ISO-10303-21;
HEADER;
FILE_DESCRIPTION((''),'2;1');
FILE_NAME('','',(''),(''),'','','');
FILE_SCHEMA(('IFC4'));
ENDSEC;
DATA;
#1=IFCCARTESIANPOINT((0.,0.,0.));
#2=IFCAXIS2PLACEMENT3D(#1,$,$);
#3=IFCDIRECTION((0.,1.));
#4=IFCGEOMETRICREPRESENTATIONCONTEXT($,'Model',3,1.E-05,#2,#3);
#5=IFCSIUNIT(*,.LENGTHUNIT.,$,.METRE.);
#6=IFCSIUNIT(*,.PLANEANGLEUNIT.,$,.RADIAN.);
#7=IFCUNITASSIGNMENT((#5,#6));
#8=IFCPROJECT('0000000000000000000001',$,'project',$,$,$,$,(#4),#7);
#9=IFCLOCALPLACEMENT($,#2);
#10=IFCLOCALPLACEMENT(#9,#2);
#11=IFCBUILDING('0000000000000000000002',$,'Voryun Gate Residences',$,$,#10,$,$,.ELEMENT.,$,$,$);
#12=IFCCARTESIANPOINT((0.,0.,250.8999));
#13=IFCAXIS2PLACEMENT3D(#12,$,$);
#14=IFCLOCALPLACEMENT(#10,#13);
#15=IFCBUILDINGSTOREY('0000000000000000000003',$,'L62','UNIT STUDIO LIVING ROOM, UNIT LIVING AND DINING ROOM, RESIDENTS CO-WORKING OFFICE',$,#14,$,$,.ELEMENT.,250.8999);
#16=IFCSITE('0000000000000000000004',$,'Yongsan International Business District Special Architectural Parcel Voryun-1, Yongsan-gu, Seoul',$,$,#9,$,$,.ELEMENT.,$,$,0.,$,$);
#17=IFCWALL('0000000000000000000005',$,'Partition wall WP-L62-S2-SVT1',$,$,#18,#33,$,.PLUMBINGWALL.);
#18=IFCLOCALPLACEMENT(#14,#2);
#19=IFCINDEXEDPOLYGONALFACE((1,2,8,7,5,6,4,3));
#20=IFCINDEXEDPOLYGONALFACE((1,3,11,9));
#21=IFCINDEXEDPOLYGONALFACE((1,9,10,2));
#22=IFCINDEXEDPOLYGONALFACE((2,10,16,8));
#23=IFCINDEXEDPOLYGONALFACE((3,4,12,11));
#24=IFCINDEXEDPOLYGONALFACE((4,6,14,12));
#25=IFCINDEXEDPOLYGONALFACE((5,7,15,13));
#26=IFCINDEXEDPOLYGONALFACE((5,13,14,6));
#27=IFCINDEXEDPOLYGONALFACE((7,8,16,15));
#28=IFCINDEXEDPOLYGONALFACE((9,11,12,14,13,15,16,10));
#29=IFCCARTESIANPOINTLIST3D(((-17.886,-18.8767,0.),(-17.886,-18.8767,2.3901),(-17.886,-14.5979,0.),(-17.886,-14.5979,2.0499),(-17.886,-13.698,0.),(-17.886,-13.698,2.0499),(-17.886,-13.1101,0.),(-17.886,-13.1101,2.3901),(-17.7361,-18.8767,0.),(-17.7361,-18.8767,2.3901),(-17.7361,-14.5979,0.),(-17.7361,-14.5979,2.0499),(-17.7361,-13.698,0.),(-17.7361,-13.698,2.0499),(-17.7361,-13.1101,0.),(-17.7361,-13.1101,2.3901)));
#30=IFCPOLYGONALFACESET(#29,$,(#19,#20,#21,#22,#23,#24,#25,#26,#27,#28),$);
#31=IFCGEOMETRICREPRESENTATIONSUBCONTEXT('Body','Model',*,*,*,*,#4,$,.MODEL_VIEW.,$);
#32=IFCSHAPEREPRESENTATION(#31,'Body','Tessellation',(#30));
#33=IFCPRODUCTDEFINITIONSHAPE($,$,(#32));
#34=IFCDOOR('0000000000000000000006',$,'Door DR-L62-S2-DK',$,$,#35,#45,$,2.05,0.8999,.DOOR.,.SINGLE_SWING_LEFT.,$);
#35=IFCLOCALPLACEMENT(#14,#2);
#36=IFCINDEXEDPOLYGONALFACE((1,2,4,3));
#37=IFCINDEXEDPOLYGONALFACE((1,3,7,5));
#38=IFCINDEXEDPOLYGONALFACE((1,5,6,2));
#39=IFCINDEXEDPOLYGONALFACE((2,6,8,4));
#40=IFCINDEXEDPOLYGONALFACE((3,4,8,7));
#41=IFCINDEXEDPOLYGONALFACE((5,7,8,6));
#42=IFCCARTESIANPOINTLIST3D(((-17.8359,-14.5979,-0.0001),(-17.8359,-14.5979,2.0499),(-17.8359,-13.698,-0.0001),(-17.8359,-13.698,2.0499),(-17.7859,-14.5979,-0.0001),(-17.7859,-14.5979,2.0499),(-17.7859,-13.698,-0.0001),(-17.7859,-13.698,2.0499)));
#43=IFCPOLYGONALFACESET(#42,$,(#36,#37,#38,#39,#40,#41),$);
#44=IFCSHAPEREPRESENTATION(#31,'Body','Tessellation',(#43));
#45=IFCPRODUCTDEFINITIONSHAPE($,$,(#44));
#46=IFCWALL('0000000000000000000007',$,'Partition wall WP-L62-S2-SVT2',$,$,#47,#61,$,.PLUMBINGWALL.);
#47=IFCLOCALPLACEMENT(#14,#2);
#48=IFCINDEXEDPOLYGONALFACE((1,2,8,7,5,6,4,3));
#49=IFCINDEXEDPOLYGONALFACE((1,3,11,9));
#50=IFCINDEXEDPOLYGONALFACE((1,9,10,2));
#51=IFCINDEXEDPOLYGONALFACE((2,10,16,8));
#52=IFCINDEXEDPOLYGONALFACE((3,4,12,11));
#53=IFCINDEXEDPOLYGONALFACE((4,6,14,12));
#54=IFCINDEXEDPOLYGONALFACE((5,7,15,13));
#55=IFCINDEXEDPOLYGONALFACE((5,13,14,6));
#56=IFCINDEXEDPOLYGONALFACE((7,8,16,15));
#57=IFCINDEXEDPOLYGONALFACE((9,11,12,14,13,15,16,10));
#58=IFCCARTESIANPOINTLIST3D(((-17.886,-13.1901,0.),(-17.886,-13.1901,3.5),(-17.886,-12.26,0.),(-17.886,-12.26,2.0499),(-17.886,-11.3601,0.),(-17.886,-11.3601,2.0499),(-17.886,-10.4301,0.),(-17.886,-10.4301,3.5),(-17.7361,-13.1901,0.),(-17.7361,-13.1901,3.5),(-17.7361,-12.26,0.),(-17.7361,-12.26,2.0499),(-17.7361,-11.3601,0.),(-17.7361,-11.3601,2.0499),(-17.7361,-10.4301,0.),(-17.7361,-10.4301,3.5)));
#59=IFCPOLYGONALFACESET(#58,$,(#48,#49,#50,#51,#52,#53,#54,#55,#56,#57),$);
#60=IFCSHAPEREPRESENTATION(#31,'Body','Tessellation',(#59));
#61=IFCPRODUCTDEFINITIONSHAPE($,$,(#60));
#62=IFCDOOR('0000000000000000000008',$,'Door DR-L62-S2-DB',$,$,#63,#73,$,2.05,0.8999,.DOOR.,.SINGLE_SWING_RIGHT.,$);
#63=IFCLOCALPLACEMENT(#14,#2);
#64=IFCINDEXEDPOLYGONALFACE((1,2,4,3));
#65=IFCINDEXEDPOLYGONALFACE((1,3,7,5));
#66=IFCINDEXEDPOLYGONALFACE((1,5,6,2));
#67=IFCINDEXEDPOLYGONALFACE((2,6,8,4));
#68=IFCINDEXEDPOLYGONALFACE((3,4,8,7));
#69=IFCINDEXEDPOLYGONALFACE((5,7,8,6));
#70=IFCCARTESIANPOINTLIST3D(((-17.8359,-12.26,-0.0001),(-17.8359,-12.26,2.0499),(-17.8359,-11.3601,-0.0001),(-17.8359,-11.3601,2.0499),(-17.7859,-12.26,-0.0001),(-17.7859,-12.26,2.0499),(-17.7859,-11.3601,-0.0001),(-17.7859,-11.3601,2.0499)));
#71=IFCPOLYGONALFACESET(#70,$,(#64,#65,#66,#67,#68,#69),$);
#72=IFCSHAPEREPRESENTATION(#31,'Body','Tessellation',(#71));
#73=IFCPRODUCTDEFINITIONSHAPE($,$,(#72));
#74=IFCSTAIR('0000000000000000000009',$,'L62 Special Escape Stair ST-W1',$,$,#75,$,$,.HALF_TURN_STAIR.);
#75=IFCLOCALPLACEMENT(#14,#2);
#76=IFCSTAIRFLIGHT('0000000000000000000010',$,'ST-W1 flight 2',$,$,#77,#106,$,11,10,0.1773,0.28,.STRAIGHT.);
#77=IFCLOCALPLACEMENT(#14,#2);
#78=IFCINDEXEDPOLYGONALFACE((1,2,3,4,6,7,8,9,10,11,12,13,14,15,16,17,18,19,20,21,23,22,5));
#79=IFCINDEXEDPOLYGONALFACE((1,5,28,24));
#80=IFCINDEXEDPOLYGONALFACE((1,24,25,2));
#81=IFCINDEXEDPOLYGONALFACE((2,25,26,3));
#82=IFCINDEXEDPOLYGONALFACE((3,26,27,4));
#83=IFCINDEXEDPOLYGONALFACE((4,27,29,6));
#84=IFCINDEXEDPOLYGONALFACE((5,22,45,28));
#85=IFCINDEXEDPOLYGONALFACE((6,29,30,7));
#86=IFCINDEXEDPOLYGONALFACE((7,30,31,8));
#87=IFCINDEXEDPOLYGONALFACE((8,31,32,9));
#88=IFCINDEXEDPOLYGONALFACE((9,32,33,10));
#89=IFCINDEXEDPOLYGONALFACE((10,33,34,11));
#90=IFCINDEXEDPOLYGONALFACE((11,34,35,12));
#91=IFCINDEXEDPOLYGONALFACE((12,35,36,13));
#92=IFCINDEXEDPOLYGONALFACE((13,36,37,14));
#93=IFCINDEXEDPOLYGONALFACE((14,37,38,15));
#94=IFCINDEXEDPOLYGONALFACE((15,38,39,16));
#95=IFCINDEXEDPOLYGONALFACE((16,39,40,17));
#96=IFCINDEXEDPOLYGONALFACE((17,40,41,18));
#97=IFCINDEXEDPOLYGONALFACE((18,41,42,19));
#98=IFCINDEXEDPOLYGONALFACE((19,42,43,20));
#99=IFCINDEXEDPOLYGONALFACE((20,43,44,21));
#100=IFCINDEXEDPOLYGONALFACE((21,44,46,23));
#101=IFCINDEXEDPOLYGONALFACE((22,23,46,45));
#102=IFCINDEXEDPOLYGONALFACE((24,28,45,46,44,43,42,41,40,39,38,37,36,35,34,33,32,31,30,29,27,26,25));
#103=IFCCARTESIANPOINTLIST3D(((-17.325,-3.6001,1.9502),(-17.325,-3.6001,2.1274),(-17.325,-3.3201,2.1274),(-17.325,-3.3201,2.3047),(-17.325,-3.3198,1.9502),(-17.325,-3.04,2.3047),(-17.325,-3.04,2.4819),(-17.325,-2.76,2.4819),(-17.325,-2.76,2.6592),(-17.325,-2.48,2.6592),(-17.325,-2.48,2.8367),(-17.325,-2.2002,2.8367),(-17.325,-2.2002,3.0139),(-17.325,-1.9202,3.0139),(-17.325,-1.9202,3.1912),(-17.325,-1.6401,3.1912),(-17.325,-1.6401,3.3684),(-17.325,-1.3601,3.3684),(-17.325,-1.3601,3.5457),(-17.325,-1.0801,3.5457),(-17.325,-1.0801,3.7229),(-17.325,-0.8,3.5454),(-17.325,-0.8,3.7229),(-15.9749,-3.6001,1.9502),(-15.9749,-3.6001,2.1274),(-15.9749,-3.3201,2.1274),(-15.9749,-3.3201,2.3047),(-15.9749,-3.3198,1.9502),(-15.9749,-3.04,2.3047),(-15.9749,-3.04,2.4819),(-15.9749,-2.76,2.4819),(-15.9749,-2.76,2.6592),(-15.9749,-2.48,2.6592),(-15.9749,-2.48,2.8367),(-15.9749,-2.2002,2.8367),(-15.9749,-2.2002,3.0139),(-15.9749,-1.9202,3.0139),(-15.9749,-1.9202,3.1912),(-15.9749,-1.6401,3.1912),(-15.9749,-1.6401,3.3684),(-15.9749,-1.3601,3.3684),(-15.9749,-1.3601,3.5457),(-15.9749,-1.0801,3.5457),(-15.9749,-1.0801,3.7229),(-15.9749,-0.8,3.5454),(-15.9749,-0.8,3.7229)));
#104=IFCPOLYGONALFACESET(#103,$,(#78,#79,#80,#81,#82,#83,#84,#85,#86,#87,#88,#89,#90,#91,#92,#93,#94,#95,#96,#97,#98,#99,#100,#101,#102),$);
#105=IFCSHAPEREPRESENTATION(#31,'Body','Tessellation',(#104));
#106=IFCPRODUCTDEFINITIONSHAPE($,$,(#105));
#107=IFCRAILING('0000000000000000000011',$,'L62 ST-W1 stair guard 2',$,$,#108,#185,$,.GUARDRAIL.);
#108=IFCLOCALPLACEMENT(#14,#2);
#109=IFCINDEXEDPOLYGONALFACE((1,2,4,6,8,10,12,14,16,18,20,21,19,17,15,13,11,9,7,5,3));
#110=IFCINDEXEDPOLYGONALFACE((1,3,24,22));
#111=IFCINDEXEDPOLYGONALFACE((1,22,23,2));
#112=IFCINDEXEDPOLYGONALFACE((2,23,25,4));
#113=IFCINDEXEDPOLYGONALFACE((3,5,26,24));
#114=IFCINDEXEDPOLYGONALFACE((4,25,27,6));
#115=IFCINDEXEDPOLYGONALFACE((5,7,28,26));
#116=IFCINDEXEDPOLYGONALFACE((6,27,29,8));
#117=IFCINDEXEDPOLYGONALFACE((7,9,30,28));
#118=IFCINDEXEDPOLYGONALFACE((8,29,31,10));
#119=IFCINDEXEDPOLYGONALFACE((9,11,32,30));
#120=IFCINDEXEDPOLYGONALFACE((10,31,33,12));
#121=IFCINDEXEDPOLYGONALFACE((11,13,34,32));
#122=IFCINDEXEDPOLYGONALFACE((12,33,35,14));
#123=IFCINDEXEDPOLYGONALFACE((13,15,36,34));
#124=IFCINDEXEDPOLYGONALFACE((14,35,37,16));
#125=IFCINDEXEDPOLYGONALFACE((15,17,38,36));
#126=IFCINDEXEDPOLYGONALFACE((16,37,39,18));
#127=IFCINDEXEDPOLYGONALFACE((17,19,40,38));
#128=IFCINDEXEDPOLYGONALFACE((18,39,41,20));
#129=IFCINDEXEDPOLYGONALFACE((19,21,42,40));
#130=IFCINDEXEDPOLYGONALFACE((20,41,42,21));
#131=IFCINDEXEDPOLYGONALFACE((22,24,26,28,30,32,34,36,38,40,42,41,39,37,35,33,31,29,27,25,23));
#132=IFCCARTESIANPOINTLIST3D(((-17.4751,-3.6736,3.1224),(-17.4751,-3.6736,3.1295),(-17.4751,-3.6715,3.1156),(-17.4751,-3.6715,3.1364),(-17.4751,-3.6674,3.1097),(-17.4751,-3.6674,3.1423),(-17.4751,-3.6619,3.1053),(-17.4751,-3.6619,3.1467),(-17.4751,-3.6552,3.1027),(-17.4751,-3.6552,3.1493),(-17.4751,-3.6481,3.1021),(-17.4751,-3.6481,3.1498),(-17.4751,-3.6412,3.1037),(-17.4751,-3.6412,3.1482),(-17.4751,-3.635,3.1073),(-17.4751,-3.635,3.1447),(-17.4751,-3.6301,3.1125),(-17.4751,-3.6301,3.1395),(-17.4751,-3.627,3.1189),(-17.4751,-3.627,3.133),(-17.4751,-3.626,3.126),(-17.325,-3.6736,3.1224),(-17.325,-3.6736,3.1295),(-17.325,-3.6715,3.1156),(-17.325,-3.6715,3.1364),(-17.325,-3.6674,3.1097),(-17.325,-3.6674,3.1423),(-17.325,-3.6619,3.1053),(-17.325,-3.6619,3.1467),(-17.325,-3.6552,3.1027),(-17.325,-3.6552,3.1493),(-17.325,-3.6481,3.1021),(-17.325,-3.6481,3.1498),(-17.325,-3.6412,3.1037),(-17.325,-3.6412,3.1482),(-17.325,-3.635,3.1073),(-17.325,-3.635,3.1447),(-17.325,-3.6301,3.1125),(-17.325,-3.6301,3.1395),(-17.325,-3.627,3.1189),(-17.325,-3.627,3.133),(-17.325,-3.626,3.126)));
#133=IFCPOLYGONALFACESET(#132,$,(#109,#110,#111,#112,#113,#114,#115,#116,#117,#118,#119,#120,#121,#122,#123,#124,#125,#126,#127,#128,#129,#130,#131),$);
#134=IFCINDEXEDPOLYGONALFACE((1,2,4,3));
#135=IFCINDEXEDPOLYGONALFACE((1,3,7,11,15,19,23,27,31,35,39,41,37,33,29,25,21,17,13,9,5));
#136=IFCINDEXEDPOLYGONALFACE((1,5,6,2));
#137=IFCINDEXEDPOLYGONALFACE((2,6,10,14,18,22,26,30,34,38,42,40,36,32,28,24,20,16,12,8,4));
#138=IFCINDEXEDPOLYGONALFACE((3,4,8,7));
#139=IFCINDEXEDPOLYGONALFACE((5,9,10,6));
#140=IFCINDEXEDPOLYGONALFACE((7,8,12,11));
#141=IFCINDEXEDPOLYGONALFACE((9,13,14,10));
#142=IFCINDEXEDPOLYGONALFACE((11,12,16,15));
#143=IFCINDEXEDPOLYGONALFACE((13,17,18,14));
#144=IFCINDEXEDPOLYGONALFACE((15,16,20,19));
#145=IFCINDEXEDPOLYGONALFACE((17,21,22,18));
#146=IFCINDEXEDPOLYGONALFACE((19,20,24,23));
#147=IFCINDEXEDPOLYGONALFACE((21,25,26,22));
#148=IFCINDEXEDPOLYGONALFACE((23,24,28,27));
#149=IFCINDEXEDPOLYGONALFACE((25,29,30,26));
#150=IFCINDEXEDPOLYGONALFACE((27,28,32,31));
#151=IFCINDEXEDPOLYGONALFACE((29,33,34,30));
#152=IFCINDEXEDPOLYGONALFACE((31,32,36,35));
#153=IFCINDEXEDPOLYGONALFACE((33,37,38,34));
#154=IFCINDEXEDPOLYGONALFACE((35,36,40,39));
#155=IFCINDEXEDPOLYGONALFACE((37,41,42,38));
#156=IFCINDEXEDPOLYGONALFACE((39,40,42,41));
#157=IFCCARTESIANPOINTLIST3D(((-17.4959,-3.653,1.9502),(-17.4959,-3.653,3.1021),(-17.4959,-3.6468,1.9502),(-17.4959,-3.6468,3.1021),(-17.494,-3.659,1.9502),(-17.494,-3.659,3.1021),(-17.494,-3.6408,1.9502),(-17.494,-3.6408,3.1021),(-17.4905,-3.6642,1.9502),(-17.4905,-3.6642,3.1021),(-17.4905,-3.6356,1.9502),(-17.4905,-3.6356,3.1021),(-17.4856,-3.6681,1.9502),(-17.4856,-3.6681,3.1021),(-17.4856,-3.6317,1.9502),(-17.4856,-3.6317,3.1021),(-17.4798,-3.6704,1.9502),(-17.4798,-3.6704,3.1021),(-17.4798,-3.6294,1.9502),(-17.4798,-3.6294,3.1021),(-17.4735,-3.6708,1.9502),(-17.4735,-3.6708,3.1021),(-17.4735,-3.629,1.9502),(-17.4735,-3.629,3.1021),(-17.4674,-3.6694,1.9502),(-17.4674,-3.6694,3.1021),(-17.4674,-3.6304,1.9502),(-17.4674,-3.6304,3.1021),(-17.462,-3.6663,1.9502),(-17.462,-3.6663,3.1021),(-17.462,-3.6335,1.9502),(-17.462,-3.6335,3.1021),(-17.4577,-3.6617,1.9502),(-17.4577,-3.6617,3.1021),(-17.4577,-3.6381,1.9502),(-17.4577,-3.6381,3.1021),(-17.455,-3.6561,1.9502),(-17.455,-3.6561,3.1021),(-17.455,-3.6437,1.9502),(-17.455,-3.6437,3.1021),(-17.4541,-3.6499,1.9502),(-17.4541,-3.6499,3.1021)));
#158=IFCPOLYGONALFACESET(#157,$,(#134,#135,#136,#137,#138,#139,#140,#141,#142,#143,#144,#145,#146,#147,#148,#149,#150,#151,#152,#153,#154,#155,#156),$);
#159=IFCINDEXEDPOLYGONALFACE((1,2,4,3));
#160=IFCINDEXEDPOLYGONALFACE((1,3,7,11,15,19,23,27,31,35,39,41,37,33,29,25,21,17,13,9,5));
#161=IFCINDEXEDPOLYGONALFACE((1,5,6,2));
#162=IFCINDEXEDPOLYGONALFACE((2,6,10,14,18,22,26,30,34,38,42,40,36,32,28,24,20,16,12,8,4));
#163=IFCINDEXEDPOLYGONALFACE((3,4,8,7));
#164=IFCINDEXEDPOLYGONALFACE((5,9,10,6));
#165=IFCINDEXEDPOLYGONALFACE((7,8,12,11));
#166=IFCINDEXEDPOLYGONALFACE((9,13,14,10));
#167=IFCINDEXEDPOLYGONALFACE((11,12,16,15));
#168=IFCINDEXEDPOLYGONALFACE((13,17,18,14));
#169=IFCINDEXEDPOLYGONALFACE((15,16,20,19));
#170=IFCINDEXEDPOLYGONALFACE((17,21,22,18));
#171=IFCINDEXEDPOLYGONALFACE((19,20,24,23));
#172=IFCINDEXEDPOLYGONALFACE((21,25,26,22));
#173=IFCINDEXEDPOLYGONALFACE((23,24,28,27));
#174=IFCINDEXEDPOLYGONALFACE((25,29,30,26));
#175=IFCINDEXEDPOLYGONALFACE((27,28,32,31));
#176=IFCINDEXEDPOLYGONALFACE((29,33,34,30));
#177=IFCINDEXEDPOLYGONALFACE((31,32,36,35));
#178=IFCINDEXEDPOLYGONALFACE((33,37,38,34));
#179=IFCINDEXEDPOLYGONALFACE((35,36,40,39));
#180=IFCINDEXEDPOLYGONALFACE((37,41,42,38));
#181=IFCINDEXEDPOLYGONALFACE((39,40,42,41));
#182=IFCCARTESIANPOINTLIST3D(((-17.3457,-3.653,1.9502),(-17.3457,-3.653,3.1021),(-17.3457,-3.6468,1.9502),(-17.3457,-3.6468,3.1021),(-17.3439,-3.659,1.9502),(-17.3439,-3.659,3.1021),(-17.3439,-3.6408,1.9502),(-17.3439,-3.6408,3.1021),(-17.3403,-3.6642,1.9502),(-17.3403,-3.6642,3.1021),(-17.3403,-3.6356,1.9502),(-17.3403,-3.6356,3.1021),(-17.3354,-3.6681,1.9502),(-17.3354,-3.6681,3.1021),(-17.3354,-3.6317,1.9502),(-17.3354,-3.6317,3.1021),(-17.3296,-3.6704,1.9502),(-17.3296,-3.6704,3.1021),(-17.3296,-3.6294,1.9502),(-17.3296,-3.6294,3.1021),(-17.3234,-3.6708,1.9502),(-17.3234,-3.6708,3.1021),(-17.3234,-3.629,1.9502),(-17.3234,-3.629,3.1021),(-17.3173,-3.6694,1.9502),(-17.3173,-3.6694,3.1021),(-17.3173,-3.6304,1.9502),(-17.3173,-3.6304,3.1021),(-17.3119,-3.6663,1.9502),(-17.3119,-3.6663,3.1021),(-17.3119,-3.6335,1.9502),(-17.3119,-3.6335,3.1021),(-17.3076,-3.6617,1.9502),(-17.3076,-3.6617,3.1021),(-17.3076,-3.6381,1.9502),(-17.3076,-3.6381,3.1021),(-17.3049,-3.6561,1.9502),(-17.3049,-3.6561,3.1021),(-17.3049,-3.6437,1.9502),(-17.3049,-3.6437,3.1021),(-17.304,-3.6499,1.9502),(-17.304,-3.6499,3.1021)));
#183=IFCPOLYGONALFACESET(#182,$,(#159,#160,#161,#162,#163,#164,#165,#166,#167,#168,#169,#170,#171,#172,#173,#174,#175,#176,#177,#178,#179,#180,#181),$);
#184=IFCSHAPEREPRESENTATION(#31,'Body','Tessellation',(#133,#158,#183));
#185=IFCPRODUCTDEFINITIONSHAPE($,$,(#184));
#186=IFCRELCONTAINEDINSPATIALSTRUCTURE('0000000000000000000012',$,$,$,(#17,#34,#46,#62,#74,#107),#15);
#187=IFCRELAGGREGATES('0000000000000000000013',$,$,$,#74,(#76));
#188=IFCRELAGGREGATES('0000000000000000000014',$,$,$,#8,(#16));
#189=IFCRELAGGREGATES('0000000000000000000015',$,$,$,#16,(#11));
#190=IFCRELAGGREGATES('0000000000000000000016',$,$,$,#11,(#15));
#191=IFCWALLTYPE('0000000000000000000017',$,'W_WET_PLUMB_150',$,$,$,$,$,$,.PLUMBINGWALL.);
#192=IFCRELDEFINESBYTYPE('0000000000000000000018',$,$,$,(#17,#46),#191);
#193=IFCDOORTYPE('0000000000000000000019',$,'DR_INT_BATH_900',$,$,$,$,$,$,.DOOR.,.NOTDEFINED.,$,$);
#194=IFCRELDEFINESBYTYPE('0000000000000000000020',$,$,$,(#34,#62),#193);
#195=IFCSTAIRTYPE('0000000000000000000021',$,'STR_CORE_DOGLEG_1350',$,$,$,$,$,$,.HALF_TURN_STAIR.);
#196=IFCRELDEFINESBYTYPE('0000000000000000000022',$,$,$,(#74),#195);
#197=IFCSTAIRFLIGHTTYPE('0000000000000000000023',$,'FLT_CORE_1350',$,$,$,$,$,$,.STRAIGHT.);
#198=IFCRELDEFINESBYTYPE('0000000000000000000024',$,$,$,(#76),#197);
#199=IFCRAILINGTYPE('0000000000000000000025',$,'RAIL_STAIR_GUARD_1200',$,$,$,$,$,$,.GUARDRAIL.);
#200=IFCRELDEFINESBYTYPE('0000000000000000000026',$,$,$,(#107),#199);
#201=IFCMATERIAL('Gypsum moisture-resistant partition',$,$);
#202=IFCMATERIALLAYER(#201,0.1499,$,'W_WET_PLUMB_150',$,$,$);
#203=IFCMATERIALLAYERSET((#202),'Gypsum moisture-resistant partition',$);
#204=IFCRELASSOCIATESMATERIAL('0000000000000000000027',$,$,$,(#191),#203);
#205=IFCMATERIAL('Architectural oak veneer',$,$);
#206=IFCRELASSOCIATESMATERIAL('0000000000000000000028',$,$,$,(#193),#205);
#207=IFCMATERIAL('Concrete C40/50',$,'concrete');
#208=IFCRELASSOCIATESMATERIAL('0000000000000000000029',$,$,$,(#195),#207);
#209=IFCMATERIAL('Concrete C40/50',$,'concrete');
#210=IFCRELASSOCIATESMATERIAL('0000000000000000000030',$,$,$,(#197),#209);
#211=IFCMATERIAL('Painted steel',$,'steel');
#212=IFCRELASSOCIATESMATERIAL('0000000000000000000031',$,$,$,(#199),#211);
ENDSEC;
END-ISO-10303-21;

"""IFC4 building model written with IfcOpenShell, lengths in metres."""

from ifc_helpers import new_model, si_unit, direction, frame, frame_2d, origin, origin_2d, place, context, subcontext, project, spatial, polyline, rectangle, circle, outline, extrude, material, layer, layer_set, type_object, element, fill, aggregate, save


model = new_model("IFC4")

# Units and contexts
model_context = context("Model", 3, precision=1e-05, world=origin(), true_north=direction((0.0, 1.0)))
body_context = subcontext(model_context, "Body", "Model", "MODEL_VIEW")
ifc_project = project(units=[si_unit("LENGTHUNIT", "METRE"), si_unit("PLANEANGLEUNIT", "RADIAN")], contexts=[model_context])

# Site, building, storey
site_placement = place(None, origin())
site = spatial("IfcSite", under=ifc_project, at=site_placement, Name="Yongsan International Business District Special Architectural Parcel Voryun-1, Yongsan-gu, Seoul", CompositionType="ELEMENT", RefElevation=0.0)
building_placement = place(site_placement, origin())
building = spatial("IfcBuilding", under=site, at=building_placement, Name="Voryun Gate Residences", CompositionType="ELEMENT")
storey_placement = place(building_placement, frame((0.0, 0.0, 250.8999)))
storey = spatial("IfcBuildingStorey", under=building, at=storey_placement, Name="L62", Description="UNIT STUDIO LIVING ROOM, UNIT LIVING AND DINING ROOM, RESIDENTS CO-WORKING OFFICE", CompositionType="ELEMENT", Elevation=250.8999)

# Walls, openings, doors
ifc_material_1 = material(Name="Gypsum moisture-resistant partition")
ifc_layer_1 = layer(ifc_material_1, 0.1499, Name="W_WET_PLUMB_150")
ifc_layer_set_1 = layer_set([ifc_layer_1], Name="Gypsum moisture-resistant partition")
wall_type_1 = type_object("IfcWallType", Name="W_WET_PLUMB_150", PredefinedType="PLUMBINGWALL", material=ifc_layer_set_1)
wall_1_placement = place(storey_placement, frame((-17.811, -18.8767, 0.0), z_axis=(0.0, 0.0, 1.0), x_axis=(0.0, 1.0, 0.0)))
wall_1 = element("IfcWall", 1, at=wall_1_placement, inside=storey, type_object=wall_type_1, Name="Partition wall WP-L62-S2-SVT1", PredefinedType="PLUMBINGWALL", context=body_context, shape_type="SweptSolid", body=[
    extrude(rectangle(XDim=5.7666, YDim=0.1499, at=frame_2d((2.8833, 0.0))), origin(), (0.0, 0.0, 1.0), 2.3901),
])
opening_1_placement = place(wall_1_placement, frame((4.2788, 0.0, 0.0)))
opening_1 = element("IfcOpeningElement", 2, at=opening_1_placement, cuts=wall_1, PredefinedType="OPENING", context=body_context, shape_type="SweptSolid", body=[
    extrude(rectangle(XDim=0.8999, YDim=2.05, at=frame_2d((0.45, 1.0249))), frame((0.0, 0.085, 0.0), z_axis=(0.0, -1.0, 0.0), x_axis=(1.0, 0.0, 0.0)), (0.0, 0.0, 1.0), 0.1699),
])
ifc_material_2 = material(Name="Architectural oak veneer")
door_type_1 = type_object("IfcDoorType", Name="DR_INT_BATH_900", OperationType="NOTDEFINED", PredefinedType="DOOR", material=ifc_material_2)
door_1_placement = place(opening_1_placement, origin())
door_1 = element("IfcDoor", 3, at=door_1_placement, inside=storey, type_object=door_type_1, Name="Door DR-L62-S2-DK", OperationType="SINGLE_SWING_LEFT", OverallHeight=2.05, OverallWidth=0.8999, PredefinedType="DOOR", context=body_context, shape_type="SweptSolid", body=[
    extrude(rectangle(XDim=0.8999, YDim=2.05, at=frame_2d((0.45, 1.0249))), frame((0.0, 0.0249, 0.0), z_axis=(0.0, -1.0, 0.0), x_axis=(1.0, 0.0, 0.0)), (0.0, 0.0, 1.0), 0.05),
])
fill(opening_1, door_1)
wall_2_placement = place(storey_placement, frame((-17.811, -13.1899, 0.0), z_axis=(0.0, 0.0, 1.0), x_axis=(0.0, 1.0, 0.0)))
wall_2 = element("IfcWall", 4, at=wall_2_placement, inside=storey, type_object=wall_type_1, Name="Partition wall WP-L62-S2-SVT2", PredefinedType="PLUMBINGWALL", context=body_context, shape_type="SweptSolid", body=[
    extrude(rectangle(XDim=2.76, YDim=0.1499, at=frame_2d((1.3799, 0.0))), origin(), (0.0, 0.0, 1.0), 3.5),
])
opening_2_placement = place(wall_2_placement, frame((0.9299, 0.0, 0.0)))
opening_2 = element("IfcOpeningElement", 5, at=opening_2_placement, cuts=wall_2, PredefinedType="OPENING", context=body_context, shape_type="SweptSolid", body=[
    extrude(rectangle(XDim=0.8999, YDim=2.05, at=frame_2d((0.45, 1.0249))), frame((0.0, 0.085, 0.0), z_axis=(0.0, -1.0, 0.0), x_axis=(1.0, 0.0, 0.0)), (0.0, 0.0, 1.0), 0.1699),
])
door_2_placement = place(opening_2_placement, origin())
door_2 = element("IfcDoor", 6, at=door_2_placement, inside=storey, type_object=door_type_1, Name="Door DR-L62-S2-DB", OperationType="SINGLE_SWING_RIGHT", OverallHeight=2.05, OverallWidth=0.8999, PredefinedType="DOOR", context=body_context, shape_type="SweptSolid", body=[
    extrude(rectangle(XDim=0.8999, YDim=2.05, at=frame_2d((0.45, 1.0249))), frame((0.0, 0.0249, 0.0), z_axis=(0.0, -1.0, 0.0), x_axis=(1.0, 0.0, 0.0)), (0.0, 0.0, 1.0), 0.05),
])
fill(opening_2, door_2)

# Stair, stair flight
ifc_material_3 = material(Name="Concrete C40/50", Category="concrete")
stair_type = type_object("IfcStairType", Name="STR_CORE_DOGLEG_1350", PredefinedType="HALF_TURN_STAIR", material=ifc_material_3)
stair_placement = place(storey_placement, origin())
stair = element("IfcStair", 7, at=stair_placement, inside=storey, type_object=stair_type, Name="L62 Special Escape Stair ST-W1", PredefinedType="HALF_TURN_STAIR")
ifc_material_4 = material(Name="Concrete C40/50", Category="concrete")
stair_flight_type = type_object("IfcStairFlightType", Name="FLT_CORE_1350", PredefinedType="STRAIGHT", material=ifc_material_4)
stair_flight_placement = place(storey_placement, frame((-16.6499, -3.6001, 1.9502), z_axis=(0.0, 0.0, 1.0), x_axis=(0.0, 1.0, 0.0)))
stair_flight = element("IfcStairFlight", 8, at=stair_flight_placement, type_object=stair_flight_type, Name="ST-W1 flight 2", NumberOfRisers=11, NumberOfTreads=10, PredefinedType="STRAIGHT", RiserHeight=0.1773, TreadLength=0.28, context=body_context, shape_type="SweptSolid", body=[
    extrude(outline(polyline([(0.0, 0.0), (0.0, 0.1772), (0.28, 0.1772), (0.28, 0.3545), (0.5601, 0.3545), (0.5601, 0.5317), (0.8401, 0.5317), (0.8401, 0.709), (1.1201, 0.709), (1.1201, 0.8865), (1.3999, 0.8865), (1.3999, 1.0637), (1.6799, 1.0637), (1.6799, 1.241), (1.96, 1.241), (1.96, 1.4182), (2.24, 1.4182), (2.24, 1.5955), (2.52, 1.5955), (2.52, 1.7727), (2.8, 1.7727), (2.8, 1.95), (2.8, 1.5952), (0.2803, 0.0), (0.0, 0.0)])), frame((0.0, 0.675, 0.0), z_axis=(0.0, -1.0, 0.0), x_axis=(1.0, 0.0, 0.0)), (0.0, 0.0, 1.0), 1.3501),
])
aggregate(stair, [stair_flight])

# Railing
ifc_material_5 = material(Name="Painted steel", Category="steel")
railing_type_1 = type_object("IfcRailingType", Name="RAIL_STAIR_GUARD_1200", PredefinedType="GUARDRAIL", material=ifc_material_5)
railing_1_placement = place(storey_placement, frame((-17.4751, -3.6499, 1.9502)))
element("IfcRailing", 9, at=railing_1_placement, inside=storey, type_object=railing_type_1, Name="L62 ST-W1 stair guard 2", PredefinedType="GUARDRAIL", context=body_context, shape_type="SweptSolid", body=[
    extrude(circle(Radius=0.0239, at=origin_2d()), frame((0.0, 0.0, 1.1758), z_axis=(1.0, 0.0, 0.0), x_axis=(0.0, 1.0, 0.0)), (0.0, 0.0, 1.0), 0.1501),
    extrude(circle(Radius=0.021, at=origin_2d()), origin(), (0.0, 0.0, 1.0), 1.1519),
    extrude(circle(Radius=0.021, at=origin_2d()), frame((0.1501, 0.0, 0.0)), (0.0, 0.0, 1.0), 1.1519),
])

save(model, "model.ifc")
